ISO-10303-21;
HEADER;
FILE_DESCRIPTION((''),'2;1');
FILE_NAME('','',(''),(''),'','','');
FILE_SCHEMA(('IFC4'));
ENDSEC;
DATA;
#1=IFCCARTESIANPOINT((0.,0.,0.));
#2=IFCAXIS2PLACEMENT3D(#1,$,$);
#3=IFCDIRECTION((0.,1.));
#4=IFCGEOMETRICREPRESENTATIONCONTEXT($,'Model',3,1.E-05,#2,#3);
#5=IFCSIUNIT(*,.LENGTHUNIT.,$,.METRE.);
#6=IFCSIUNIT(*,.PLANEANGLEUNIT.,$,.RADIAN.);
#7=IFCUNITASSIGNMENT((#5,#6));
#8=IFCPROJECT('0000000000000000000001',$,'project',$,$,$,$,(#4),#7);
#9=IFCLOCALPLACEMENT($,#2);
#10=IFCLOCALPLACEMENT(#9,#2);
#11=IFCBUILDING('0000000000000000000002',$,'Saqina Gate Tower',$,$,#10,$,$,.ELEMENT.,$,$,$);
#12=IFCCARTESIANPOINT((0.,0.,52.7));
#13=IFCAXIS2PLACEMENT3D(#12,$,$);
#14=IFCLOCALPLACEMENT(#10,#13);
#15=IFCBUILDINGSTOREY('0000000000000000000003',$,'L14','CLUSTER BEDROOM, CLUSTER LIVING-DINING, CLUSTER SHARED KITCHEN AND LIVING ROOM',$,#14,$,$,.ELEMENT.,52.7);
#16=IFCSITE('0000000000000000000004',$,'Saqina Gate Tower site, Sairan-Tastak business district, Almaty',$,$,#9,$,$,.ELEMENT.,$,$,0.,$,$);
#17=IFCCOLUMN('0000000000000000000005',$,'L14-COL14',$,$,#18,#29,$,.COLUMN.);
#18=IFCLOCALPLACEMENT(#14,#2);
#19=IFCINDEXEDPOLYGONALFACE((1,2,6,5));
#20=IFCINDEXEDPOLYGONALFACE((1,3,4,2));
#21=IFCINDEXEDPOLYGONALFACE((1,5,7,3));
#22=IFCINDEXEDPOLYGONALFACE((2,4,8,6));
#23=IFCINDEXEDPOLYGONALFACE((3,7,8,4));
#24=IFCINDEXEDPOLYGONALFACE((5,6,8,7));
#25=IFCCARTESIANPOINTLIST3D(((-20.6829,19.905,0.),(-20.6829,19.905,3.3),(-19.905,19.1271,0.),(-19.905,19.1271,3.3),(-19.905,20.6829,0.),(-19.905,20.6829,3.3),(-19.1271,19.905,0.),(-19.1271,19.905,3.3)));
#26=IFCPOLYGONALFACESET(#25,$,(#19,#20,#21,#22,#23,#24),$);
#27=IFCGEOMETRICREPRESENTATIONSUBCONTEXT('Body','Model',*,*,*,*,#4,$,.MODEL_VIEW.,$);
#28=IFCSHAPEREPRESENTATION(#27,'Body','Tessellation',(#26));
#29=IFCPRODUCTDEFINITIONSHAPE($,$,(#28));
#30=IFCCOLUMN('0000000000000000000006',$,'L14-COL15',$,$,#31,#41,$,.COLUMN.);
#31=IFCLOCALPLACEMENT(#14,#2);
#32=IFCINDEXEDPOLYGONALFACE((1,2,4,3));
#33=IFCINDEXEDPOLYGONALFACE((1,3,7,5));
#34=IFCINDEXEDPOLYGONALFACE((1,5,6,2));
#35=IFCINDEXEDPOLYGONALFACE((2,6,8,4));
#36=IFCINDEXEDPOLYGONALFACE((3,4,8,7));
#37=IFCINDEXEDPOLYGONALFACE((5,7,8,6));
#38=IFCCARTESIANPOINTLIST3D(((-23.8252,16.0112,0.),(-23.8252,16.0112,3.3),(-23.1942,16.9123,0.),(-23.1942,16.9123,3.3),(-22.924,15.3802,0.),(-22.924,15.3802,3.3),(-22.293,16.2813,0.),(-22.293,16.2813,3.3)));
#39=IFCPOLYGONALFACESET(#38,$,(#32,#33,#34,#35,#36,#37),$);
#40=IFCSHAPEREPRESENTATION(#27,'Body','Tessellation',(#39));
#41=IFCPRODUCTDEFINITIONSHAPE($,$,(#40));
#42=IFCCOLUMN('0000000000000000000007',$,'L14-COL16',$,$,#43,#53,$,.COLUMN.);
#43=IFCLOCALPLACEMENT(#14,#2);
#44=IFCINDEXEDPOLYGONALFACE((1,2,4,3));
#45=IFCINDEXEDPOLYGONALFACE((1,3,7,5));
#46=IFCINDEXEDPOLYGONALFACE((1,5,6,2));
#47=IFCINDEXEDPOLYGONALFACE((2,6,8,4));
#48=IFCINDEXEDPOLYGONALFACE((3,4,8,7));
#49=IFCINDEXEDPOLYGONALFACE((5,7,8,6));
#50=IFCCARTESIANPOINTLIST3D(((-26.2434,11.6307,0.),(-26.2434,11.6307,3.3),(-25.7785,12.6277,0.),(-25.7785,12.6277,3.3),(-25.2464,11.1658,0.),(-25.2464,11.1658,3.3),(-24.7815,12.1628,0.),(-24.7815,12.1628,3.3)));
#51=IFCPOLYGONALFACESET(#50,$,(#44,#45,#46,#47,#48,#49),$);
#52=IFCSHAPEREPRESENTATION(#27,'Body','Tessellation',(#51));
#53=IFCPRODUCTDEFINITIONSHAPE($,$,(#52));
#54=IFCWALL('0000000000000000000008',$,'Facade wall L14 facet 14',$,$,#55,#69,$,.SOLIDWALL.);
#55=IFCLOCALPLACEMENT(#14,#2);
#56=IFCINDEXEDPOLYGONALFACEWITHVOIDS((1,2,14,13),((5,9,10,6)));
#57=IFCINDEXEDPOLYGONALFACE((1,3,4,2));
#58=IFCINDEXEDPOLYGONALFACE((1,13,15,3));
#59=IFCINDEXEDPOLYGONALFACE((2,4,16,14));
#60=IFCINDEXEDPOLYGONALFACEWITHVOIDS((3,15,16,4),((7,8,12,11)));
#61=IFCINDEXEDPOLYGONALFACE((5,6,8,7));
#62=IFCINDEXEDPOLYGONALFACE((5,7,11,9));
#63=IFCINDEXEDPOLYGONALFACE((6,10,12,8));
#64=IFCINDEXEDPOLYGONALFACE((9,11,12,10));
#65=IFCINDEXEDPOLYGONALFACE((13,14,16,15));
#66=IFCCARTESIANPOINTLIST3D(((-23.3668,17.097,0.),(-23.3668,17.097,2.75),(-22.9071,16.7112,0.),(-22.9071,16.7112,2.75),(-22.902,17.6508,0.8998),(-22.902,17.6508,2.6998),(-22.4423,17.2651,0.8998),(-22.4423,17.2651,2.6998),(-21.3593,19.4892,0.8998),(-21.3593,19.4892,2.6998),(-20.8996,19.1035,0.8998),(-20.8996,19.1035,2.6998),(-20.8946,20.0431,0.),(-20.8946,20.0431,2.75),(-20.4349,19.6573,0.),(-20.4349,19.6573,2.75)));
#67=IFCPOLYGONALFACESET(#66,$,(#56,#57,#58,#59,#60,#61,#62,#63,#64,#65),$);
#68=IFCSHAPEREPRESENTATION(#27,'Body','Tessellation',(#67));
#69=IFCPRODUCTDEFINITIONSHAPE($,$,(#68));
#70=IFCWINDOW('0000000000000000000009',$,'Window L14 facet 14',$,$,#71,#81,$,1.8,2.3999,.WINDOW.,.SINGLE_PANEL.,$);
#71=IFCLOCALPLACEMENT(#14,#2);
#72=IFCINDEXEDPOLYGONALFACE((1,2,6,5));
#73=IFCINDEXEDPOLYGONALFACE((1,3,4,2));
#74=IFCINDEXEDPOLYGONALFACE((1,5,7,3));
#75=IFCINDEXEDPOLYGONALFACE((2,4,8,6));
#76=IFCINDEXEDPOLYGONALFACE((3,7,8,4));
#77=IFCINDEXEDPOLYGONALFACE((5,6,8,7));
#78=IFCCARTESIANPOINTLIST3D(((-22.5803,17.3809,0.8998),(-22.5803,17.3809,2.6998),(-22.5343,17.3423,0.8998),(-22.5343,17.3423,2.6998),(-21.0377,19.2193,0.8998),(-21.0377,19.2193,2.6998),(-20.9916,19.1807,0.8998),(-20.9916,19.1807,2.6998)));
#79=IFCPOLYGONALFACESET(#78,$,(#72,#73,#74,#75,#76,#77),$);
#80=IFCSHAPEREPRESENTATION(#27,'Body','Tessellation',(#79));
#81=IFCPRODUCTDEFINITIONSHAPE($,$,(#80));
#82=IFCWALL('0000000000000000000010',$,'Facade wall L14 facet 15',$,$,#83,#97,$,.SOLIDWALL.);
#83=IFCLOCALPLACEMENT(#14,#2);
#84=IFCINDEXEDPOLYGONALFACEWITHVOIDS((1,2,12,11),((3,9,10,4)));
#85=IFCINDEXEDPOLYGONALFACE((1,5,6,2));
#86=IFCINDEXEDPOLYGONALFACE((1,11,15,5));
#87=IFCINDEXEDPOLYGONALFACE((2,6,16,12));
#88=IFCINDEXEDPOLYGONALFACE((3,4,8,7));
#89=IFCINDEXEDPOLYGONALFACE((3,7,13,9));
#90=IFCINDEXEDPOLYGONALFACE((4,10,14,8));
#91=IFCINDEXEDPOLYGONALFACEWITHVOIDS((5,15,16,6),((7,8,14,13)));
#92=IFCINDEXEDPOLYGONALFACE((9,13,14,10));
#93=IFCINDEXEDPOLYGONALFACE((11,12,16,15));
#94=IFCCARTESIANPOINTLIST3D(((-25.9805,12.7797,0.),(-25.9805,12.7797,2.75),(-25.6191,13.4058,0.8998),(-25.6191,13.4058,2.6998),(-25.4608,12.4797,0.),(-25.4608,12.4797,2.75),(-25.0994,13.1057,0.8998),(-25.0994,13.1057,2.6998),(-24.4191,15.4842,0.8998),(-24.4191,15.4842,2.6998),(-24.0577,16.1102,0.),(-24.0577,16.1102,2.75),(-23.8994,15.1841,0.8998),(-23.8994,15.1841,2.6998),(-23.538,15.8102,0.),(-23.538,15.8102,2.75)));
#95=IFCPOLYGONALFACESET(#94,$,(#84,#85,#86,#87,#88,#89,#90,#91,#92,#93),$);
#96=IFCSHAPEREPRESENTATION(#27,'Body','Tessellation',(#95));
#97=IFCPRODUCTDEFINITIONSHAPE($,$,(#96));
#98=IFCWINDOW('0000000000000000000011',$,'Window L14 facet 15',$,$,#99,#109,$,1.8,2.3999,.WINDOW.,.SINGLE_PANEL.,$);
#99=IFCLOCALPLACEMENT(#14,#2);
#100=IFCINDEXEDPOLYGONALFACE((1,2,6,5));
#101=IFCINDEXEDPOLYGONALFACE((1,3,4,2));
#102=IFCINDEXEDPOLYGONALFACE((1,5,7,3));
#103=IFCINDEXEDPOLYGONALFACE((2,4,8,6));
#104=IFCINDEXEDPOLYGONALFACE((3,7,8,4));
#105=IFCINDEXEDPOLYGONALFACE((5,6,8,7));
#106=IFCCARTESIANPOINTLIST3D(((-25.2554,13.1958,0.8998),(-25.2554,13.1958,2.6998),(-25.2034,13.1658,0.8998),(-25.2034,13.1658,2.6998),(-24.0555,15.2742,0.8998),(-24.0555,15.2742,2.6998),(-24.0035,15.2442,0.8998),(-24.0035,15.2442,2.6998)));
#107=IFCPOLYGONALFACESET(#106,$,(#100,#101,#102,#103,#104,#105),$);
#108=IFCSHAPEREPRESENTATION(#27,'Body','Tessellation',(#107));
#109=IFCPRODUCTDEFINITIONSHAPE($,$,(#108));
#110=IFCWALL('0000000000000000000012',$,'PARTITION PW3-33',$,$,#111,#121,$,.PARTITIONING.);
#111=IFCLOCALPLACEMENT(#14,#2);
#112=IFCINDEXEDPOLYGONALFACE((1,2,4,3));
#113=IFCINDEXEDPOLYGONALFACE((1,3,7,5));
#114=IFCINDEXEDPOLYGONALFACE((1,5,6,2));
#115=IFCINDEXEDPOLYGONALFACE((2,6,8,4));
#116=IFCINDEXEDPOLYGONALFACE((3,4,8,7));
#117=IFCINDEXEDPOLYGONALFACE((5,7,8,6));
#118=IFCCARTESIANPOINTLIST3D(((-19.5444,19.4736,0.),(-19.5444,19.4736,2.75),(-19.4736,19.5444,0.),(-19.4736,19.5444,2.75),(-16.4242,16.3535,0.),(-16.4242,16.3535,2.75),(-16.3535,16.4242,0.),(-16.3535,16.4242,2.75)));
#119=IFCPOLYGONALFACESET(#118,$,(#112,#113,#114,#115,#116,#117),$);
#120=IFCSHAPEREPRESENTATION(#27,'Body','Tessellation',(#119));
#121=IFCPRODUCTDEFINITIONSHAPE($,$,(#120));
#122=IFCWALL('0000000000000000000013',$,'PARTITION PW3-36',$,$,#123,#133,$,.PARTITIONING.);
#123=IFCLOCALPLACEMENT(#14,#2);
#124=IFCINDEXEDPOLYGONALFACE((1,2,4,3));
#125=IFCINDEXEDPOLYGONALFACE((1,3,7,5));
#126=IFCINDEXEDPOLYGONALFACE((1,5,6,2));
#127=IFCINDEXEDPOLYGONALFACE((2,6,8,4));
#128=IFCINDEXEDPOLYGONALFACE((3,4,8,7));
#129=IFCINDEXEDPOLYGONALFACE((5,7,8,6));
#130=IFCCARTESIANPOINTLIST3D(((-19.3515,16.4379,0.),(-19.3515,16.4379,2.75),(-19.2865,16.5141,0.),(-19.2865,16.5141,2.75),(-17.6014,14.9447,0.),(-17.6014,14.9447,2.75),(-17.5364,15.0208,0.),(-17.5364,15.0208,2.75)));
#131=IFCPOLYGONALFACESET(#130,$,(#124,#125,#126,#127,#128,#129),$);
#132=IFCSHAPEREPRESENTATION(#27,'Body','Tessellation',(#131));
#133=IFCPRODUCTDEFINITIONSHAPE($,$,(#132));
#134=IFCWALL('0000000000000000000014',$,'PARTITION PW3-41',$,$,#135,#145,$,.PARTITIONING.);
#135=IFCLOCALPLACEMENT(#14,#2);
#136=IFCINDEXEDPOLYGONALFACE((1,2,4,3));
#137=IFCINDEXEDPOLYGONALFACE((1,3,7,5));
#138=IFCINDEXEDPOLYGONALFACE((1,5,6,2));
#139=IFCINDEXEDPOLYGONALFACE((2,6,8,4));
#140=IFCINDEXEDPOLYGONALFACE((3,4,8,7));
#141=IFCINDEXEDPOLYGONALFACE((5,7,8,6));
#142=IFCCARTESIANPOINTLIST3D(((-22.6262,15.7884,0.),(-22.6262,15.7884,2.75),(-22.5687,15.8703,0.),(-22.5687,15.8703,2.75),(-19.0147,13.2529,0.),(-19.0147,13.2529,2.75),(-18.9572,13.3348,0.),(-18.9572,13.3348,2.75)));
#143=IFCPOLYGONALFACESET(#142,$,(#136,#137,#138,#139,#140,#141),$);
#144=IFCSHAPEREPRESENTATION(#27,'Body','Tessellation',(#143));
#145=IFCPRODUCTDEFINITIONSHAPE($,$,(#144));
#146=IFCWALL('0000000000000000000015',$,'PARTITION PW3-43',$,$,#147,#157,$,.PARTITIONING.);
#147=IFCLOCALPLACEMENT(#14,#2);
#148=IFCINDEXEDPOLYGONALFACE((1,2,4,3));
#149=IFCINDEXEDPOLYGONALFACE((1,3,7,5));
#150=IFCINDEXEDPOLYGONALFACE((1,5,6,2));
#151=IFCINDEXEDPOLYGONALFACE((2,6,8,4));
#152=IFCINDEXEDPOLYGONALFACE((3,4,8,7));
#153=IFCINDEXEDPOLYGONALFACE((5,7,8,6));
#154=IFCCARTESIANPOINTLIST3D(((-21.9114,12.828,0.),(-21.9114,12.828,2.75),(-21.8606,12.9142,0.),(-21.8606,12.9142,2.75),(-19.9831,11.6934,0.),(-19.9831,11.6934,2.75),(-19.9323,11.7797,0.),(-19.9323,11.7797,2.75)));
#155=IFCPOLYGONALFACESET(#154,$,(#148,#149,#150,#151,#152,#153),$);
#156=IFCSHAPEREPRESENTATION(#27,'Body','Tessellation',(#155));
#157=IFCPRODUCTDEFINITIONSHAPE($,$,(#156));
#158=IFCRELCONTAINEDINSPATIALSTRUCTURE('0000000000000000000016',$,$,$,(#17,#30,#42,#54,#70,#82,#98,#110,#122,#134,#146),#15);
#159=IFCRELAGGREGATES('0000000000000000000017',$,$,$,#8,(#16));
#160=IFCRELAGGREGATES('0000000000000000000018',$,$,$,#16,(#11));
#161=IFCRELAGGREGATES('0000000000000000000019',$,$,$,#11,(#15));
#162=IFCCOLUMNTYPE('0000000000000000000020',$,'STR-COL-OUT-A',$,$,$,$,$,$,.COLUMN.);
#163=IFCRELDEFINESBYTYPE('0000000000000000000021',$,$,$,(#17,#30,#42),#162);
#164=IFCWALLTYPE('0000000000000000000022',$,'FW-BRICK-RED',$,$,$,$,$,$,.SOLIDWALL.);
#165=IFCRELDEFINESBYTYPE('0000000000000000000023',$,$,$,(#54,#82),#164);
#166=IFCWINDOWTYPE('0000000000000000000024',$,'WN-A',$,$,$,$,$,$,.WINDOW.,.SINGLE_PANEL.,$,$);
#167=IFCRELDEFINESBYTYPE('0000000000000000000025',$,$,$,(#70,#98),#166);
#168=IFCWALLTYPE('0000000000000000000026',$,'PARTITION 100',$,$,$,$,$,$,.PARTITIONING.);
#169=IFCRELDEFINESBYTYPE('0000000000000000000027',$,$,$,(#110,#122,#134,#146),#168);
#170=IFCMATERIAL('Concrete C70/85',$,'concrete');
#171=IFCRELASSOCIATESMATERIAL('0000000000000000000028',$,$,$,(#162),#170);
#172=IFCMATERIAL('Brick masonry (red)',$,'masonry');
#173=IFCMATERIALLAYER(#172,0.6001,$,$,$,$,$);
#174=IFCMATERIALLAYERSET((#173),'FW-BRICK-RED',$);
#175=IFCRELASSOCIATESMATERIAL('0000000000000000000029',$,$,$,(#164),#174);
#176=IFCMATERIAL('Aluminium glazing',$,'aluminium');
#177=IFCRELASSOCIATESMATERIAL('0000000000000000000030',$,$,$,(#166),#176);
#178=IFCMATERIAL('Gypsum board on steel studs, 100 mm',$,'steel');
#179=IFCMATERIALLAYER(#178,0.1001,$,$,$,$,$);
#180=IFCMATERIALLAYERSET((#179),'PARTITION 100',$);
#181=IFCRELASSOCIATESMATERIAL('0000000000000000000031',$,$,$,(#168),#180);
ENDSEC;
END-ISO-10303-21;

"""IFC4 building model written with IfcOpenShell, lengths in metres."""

from ifc_helpers import new_model, si_unit, direction, frame, frame_2d, origin, origin_2d, place, context, subcontext, project, spatial, rectangle, extrude, material, layer, layer_set, material_profile, profile_set, type_object, element, fill, save


model = new_model("IFC4")

# Units and contexts
model_context = context("Model", 3, precision=1e-05, world=origin(), true_north=direction((0.0, 1.0)))
body_context = subcontext(model_context, "Body", "Model", "MODEL_VIEW")
ifc_project = project(units=[si_unit("LENGTHUNIT", "METRE"), si_unit("PLANEANGLEUNIT", "RADIAN")], contexts=[model_context])

# Site, building, storey
site_placement = place(None, origin())
site = spatial("IfcSite", under=ifc_project, at=site_placement, Name="Saqina Gate Tower site, Sairan-Tastak business district, Almaty", CompositionType="ELEMENT", RefElevation=0.0)
building_placement = place(site_placement, origin())
building = spatial("IfcBuilding", under=site, at=building_placement, Name="Saqina Gate Tower", CompositionType="ELEMENT")
storey_placement = place(building_placement, frame((0.0, 0.0, 52.7)))
storey = spatial("IfcBuildingStorey", under=building, at=storey_placement, Name="L14", Description="CLUSTER BEDROOM, CLUSTER LIVING-DINING, CLUSTER SHARED KITCHEN AND LIVING ROOM", CompositionType="ELEMENT", Elevation=52.7)

# Columns
ifc_material_1 = material(Name="Concrete C70/85", Category="concrete")
ifc_material_profile = material_profile(ifc_material_1, rectangle(XDim=1.1001, YDim=1.1001, at=origin_2d()), Name="RC 1100x1100")
ifc_profile_set = profile_set([ifc_material_profile], Name="Concrete C70/85")
column_type = type_object("IfcColumnType", Name="STR-COL-OUT-A", PredefinedType="COLUMN", material=ifc_profile_set)
for number, where, z_axis, x_axis, name in (
    (1, (-19.905, 19.905, 0.0), (0.0, 0.0, 1.0), (-0.707107, 0.707107, 0.0), "L14-COL14"),
    (2, (-23.0591, 16.1462, 0.0), (0.0, 0.0, 1.0), (-0.819152, 0.573576, 0.0), "L14-COL15"),
    (3, (-25.5125, 11.8967, 0.0), (0.0, 0.0, 1.0), (-0.906308, 0.422618, 0.0), "L14-COL16"),
):
    element("IfcColumn", number, at=place(storey_placement, frame(where, z_axis=z_axis, x_axis=x_axis)), inside=storey, type_object=column_type, Name=name, PredefinedType="COLUMN", context=body_context, shape_type="SweptSolid", body=[
        extrude(rectangle(XDim=1.1001, YDim=1.1001, at=origin_2d()), origin(), (0.0, 0.0, 1.0), 3.3),
    ])

# Walls, openings, windows
ifc_material_2 = material(Name="Brick masonry (red)", Category="masonry")
ifc_layer_1 = layer(ifc_material_2, 0.6001)
ifc_layer_set_1 = layer_set([ifc_layer_1], Name="FW-BRICK-RED")
wall_type_1 = type_object("IfcWallType", Name="FW-BRICK-RED", PredefinedType="SOLIDWALL", material=ifc_layer_set_1)
wall_1_placement = place(storey_placement, frame((-20.6648, 19.8501, 0.0), z_axis=(0.0, 0.0, 1.0), x_axis=(-0.642809, -0.766026, 0.0)))
wall_1 = element("IfcWall", 4, at=wall_1_placement, inside=storey, type_object=wall_type_1, Name="Facade wall L14 facet 14", PredefinedType="SOLIDWALL", context=body_context, shape_type="SweptSolid", body=[
    extrude(rectangle(XDim=3.8459, YDim=0.6001, at=frame_2d((1.9229, 0.0))), origin(), (0.0, 0.0, 1.0), 2.75),
])
opening_1_placement = place(wall_1_placement, frame((0.7229, 0.0, 0.8999)))
opening_1 = element("IfcOpeningElement", 5, at=opening_1_placement, cuts=wall_1, PredefinedType="OPENING", context=body_context, shape_type="SweptSolid", body=[
    extrude(rectangle(XDim=2.3999, YDim=1.8, at=frame_2d((1.2, 0.8999))), frame((0.0, 0.312, 0.0), z_axis=(0.0, -1.0, 0.0), x_axis=(1.0, 0.0, 0.0)), (0.0, 0.0, 1.0), 0.624),
])
ifc_material_3 = material(Name="Aluminium glazing", Category="aluminium")
window_type = type_object("IfcWindowType", Name="WN-A", PartitioningType="SINGLE_PANEL", PredefinedType="WINDOW", material=ifc_material_3)
window_1_placement = place(opening_1_placement, origin())
window_1 = element("IfcWindow", 6, at=window_1_placement, inside=storey, type_object=window_type, Name="Window L14 facet 14", OverallHeight=1.8, OverallWidth=2.3999, PartitioningType="SINGLE_PANEL", PredefinedType="WINDOW", context=body_context, shape_type="SweptSolid", body=[
    extrude(rectangle(XDim=2.3999, YDim=1.8, at=frame_2d((1.2, 0.8999))), frame((0.0, 0.1799, 0.0), z_axis=(0.0, -1.0, 0.0), x_axis=(1.0, 0.0, 0.0)), (0.0, 0.0, 1.0), 0.0601),
])
fill(opening_1, window_1)
wall_2_placement = place(storey_placement, frame((-23.7979, 15.9602, 0.0), z_axis=(0.0, 0.0, 1.0), x_axis=(-0.49999, -0.866031, 0.0)))
wall_2 = element("IfcWall", 7, at=wall_2_placement, inside=storey, type_object=wall_type_1, Name="Facade wall L14 facet 15", PredefinedType="SOLIDWALL", context=body_context, shape_type="SweptSolid", body=[
    extrude(rectangle(XDim=3.8457, YDim=0.6001, at=frame_2d((1.9229, 0.0))), origin(), (0.0, 0.0, 1.0), 2.75),
])
opening_2_placement = place(wall_2_placement, frame((0.7229, 0.0, 0.8999)))
opening_2 = element("IfcOpeningElement", 8, at=opening_2_placement, cuts=wall_2, PredefinedType="OPENING", context=body_context, shape_type="SweptSolid", body=[
    extrude(rectangle(XDim=2.3999, YDim=1.8, at=frame_2d((1.2, 0.8999))), frame((0.0, 0.312, 0.0), z_axis=(0.0, -1.0, 0.0), x_axis=(1.0, 0.0, 0.0)), (0.0, 0.0, 1.0), 0.624),
])
window_2_placement = place(opening_2_placement, origin())
window_2 = element("IfcWindow", 9, at=window_2_placement, inside=storey, type_object=window_type, Name="Window L14 facet 15", OverallHeight=1.8, OverallWidth=2.3999, PartitioningType="SINGLE_PANEL", PredefinedType="WINDOW", context=body_context, shape_type="SweptSolid", body=[
    extrude(rectangle(XDim=2.3999, YDim=1.8, at=frame_2d((1.2, 0.8999))), frame((0.0, 0.1799, 0.0), z_axis=(0.0, -1.0, 0.0), x_axis=(1.0, 0.0, 0.0)), (0.0, 0.0, 1.0), 0.0601),
])
fill(opening_2, window_2)

# Walls
ifc_material_4 = material(Name="Gypsum board on steel studs, 100 mm", Category="steel")
ifc_layer_2 = layer(ifc_material_4, 0.1001)
ifc_layer_set_2 = layer_set([ifc_layer_2], Name="PARTITION 100")
wall_type_2 = type_object("IfcWallType", Name="PARTITION 100", PredefinedType="PARTITIONING", material=ifc_layer_set_2)
wall_3_placement = place(storey_placement, frame((-19.509, 19.509, 0.0), z_axis=(0.0, 0.0, 1.0), x_axis=(0.707107, -0.707107, 0.0)))
element("IfcWall", 10, at=wall_3_placement, inside=storey, type_object=wall_type_2, Name="PARTITION PW3-33", PredefinedType="PARTITIONING", context=body_context, shape_type="SweptSolid", body=[
    extrude(rectangle(XDim=4.4126, YDim=0.1001, at=frame_2d((2.2063, 0.0))), origin(), (0.0, 0.0, 1.0), 2.75),
])
wall_4_placement = place(storey_placement, frame((-19.3191, 16.4761, 0.0), z_axis=(0.0, 0.0, 1.0), x_axis=(0.760723, -0.649077, 0.0)))
element("IfcWall", 11, at=wall_4_placement, inside=storey, type_object=wall_type_2, Name="PARTITION PW3-36", PredefinedType="PARTITIONING", context=body_context, shape_type="SweptSolid", body=[
    extrude(rectangle(XDim=2.3005, YDim=0.1001, at=frame_2d((1.1504, 0.0))), origin(), (0.0, 0.0, 1.0), 2.75),
])
wall_5_placement = place(storey_placement, frame((-22.5974, 15.8293, 0.0), z_axis=(0.0, 0.0, 1.0), x_axis=(0.818436, -0.574598, 0.0)))
element("IfcWall", 12, at=wall_5_placement, inside=storey, type_object=wall_type_2, Name="PARTITION PW3-41", PredefinedType="PARTITIONING", context=body_context, shape_type="SweptSolid", body=[
    extrude(rectangle(XDim=4.4126, YDim=0.1001, at=frame_2d((2.2063, 0.0))), origin(), (0.0, 0.0, 1.0), 2.75),
])
wall_6_placement = place(storey_placement, frame((-21.886, 12.8711, 0.0), z_axis=(0.0, 0.0, 1.0), x_axis=(0.861881, -0.507111, 0.0)))
element("IfcWall", 13, at=wall_6_placement, inside=storey, type_object=wall_type_2, Name="PARTITION PW3-43", PredefinedType="PARTITIONING", context=body_context, shape_type="SweptSolid", body=[
    extrude(rectangle(XDim=2.2373, YDim=0.1001, at=frame_2d((1.1187, 0.0))), origin(), (0.0, 0.0, 1.0), 2.75),
])

save(model, "model.ifc")
